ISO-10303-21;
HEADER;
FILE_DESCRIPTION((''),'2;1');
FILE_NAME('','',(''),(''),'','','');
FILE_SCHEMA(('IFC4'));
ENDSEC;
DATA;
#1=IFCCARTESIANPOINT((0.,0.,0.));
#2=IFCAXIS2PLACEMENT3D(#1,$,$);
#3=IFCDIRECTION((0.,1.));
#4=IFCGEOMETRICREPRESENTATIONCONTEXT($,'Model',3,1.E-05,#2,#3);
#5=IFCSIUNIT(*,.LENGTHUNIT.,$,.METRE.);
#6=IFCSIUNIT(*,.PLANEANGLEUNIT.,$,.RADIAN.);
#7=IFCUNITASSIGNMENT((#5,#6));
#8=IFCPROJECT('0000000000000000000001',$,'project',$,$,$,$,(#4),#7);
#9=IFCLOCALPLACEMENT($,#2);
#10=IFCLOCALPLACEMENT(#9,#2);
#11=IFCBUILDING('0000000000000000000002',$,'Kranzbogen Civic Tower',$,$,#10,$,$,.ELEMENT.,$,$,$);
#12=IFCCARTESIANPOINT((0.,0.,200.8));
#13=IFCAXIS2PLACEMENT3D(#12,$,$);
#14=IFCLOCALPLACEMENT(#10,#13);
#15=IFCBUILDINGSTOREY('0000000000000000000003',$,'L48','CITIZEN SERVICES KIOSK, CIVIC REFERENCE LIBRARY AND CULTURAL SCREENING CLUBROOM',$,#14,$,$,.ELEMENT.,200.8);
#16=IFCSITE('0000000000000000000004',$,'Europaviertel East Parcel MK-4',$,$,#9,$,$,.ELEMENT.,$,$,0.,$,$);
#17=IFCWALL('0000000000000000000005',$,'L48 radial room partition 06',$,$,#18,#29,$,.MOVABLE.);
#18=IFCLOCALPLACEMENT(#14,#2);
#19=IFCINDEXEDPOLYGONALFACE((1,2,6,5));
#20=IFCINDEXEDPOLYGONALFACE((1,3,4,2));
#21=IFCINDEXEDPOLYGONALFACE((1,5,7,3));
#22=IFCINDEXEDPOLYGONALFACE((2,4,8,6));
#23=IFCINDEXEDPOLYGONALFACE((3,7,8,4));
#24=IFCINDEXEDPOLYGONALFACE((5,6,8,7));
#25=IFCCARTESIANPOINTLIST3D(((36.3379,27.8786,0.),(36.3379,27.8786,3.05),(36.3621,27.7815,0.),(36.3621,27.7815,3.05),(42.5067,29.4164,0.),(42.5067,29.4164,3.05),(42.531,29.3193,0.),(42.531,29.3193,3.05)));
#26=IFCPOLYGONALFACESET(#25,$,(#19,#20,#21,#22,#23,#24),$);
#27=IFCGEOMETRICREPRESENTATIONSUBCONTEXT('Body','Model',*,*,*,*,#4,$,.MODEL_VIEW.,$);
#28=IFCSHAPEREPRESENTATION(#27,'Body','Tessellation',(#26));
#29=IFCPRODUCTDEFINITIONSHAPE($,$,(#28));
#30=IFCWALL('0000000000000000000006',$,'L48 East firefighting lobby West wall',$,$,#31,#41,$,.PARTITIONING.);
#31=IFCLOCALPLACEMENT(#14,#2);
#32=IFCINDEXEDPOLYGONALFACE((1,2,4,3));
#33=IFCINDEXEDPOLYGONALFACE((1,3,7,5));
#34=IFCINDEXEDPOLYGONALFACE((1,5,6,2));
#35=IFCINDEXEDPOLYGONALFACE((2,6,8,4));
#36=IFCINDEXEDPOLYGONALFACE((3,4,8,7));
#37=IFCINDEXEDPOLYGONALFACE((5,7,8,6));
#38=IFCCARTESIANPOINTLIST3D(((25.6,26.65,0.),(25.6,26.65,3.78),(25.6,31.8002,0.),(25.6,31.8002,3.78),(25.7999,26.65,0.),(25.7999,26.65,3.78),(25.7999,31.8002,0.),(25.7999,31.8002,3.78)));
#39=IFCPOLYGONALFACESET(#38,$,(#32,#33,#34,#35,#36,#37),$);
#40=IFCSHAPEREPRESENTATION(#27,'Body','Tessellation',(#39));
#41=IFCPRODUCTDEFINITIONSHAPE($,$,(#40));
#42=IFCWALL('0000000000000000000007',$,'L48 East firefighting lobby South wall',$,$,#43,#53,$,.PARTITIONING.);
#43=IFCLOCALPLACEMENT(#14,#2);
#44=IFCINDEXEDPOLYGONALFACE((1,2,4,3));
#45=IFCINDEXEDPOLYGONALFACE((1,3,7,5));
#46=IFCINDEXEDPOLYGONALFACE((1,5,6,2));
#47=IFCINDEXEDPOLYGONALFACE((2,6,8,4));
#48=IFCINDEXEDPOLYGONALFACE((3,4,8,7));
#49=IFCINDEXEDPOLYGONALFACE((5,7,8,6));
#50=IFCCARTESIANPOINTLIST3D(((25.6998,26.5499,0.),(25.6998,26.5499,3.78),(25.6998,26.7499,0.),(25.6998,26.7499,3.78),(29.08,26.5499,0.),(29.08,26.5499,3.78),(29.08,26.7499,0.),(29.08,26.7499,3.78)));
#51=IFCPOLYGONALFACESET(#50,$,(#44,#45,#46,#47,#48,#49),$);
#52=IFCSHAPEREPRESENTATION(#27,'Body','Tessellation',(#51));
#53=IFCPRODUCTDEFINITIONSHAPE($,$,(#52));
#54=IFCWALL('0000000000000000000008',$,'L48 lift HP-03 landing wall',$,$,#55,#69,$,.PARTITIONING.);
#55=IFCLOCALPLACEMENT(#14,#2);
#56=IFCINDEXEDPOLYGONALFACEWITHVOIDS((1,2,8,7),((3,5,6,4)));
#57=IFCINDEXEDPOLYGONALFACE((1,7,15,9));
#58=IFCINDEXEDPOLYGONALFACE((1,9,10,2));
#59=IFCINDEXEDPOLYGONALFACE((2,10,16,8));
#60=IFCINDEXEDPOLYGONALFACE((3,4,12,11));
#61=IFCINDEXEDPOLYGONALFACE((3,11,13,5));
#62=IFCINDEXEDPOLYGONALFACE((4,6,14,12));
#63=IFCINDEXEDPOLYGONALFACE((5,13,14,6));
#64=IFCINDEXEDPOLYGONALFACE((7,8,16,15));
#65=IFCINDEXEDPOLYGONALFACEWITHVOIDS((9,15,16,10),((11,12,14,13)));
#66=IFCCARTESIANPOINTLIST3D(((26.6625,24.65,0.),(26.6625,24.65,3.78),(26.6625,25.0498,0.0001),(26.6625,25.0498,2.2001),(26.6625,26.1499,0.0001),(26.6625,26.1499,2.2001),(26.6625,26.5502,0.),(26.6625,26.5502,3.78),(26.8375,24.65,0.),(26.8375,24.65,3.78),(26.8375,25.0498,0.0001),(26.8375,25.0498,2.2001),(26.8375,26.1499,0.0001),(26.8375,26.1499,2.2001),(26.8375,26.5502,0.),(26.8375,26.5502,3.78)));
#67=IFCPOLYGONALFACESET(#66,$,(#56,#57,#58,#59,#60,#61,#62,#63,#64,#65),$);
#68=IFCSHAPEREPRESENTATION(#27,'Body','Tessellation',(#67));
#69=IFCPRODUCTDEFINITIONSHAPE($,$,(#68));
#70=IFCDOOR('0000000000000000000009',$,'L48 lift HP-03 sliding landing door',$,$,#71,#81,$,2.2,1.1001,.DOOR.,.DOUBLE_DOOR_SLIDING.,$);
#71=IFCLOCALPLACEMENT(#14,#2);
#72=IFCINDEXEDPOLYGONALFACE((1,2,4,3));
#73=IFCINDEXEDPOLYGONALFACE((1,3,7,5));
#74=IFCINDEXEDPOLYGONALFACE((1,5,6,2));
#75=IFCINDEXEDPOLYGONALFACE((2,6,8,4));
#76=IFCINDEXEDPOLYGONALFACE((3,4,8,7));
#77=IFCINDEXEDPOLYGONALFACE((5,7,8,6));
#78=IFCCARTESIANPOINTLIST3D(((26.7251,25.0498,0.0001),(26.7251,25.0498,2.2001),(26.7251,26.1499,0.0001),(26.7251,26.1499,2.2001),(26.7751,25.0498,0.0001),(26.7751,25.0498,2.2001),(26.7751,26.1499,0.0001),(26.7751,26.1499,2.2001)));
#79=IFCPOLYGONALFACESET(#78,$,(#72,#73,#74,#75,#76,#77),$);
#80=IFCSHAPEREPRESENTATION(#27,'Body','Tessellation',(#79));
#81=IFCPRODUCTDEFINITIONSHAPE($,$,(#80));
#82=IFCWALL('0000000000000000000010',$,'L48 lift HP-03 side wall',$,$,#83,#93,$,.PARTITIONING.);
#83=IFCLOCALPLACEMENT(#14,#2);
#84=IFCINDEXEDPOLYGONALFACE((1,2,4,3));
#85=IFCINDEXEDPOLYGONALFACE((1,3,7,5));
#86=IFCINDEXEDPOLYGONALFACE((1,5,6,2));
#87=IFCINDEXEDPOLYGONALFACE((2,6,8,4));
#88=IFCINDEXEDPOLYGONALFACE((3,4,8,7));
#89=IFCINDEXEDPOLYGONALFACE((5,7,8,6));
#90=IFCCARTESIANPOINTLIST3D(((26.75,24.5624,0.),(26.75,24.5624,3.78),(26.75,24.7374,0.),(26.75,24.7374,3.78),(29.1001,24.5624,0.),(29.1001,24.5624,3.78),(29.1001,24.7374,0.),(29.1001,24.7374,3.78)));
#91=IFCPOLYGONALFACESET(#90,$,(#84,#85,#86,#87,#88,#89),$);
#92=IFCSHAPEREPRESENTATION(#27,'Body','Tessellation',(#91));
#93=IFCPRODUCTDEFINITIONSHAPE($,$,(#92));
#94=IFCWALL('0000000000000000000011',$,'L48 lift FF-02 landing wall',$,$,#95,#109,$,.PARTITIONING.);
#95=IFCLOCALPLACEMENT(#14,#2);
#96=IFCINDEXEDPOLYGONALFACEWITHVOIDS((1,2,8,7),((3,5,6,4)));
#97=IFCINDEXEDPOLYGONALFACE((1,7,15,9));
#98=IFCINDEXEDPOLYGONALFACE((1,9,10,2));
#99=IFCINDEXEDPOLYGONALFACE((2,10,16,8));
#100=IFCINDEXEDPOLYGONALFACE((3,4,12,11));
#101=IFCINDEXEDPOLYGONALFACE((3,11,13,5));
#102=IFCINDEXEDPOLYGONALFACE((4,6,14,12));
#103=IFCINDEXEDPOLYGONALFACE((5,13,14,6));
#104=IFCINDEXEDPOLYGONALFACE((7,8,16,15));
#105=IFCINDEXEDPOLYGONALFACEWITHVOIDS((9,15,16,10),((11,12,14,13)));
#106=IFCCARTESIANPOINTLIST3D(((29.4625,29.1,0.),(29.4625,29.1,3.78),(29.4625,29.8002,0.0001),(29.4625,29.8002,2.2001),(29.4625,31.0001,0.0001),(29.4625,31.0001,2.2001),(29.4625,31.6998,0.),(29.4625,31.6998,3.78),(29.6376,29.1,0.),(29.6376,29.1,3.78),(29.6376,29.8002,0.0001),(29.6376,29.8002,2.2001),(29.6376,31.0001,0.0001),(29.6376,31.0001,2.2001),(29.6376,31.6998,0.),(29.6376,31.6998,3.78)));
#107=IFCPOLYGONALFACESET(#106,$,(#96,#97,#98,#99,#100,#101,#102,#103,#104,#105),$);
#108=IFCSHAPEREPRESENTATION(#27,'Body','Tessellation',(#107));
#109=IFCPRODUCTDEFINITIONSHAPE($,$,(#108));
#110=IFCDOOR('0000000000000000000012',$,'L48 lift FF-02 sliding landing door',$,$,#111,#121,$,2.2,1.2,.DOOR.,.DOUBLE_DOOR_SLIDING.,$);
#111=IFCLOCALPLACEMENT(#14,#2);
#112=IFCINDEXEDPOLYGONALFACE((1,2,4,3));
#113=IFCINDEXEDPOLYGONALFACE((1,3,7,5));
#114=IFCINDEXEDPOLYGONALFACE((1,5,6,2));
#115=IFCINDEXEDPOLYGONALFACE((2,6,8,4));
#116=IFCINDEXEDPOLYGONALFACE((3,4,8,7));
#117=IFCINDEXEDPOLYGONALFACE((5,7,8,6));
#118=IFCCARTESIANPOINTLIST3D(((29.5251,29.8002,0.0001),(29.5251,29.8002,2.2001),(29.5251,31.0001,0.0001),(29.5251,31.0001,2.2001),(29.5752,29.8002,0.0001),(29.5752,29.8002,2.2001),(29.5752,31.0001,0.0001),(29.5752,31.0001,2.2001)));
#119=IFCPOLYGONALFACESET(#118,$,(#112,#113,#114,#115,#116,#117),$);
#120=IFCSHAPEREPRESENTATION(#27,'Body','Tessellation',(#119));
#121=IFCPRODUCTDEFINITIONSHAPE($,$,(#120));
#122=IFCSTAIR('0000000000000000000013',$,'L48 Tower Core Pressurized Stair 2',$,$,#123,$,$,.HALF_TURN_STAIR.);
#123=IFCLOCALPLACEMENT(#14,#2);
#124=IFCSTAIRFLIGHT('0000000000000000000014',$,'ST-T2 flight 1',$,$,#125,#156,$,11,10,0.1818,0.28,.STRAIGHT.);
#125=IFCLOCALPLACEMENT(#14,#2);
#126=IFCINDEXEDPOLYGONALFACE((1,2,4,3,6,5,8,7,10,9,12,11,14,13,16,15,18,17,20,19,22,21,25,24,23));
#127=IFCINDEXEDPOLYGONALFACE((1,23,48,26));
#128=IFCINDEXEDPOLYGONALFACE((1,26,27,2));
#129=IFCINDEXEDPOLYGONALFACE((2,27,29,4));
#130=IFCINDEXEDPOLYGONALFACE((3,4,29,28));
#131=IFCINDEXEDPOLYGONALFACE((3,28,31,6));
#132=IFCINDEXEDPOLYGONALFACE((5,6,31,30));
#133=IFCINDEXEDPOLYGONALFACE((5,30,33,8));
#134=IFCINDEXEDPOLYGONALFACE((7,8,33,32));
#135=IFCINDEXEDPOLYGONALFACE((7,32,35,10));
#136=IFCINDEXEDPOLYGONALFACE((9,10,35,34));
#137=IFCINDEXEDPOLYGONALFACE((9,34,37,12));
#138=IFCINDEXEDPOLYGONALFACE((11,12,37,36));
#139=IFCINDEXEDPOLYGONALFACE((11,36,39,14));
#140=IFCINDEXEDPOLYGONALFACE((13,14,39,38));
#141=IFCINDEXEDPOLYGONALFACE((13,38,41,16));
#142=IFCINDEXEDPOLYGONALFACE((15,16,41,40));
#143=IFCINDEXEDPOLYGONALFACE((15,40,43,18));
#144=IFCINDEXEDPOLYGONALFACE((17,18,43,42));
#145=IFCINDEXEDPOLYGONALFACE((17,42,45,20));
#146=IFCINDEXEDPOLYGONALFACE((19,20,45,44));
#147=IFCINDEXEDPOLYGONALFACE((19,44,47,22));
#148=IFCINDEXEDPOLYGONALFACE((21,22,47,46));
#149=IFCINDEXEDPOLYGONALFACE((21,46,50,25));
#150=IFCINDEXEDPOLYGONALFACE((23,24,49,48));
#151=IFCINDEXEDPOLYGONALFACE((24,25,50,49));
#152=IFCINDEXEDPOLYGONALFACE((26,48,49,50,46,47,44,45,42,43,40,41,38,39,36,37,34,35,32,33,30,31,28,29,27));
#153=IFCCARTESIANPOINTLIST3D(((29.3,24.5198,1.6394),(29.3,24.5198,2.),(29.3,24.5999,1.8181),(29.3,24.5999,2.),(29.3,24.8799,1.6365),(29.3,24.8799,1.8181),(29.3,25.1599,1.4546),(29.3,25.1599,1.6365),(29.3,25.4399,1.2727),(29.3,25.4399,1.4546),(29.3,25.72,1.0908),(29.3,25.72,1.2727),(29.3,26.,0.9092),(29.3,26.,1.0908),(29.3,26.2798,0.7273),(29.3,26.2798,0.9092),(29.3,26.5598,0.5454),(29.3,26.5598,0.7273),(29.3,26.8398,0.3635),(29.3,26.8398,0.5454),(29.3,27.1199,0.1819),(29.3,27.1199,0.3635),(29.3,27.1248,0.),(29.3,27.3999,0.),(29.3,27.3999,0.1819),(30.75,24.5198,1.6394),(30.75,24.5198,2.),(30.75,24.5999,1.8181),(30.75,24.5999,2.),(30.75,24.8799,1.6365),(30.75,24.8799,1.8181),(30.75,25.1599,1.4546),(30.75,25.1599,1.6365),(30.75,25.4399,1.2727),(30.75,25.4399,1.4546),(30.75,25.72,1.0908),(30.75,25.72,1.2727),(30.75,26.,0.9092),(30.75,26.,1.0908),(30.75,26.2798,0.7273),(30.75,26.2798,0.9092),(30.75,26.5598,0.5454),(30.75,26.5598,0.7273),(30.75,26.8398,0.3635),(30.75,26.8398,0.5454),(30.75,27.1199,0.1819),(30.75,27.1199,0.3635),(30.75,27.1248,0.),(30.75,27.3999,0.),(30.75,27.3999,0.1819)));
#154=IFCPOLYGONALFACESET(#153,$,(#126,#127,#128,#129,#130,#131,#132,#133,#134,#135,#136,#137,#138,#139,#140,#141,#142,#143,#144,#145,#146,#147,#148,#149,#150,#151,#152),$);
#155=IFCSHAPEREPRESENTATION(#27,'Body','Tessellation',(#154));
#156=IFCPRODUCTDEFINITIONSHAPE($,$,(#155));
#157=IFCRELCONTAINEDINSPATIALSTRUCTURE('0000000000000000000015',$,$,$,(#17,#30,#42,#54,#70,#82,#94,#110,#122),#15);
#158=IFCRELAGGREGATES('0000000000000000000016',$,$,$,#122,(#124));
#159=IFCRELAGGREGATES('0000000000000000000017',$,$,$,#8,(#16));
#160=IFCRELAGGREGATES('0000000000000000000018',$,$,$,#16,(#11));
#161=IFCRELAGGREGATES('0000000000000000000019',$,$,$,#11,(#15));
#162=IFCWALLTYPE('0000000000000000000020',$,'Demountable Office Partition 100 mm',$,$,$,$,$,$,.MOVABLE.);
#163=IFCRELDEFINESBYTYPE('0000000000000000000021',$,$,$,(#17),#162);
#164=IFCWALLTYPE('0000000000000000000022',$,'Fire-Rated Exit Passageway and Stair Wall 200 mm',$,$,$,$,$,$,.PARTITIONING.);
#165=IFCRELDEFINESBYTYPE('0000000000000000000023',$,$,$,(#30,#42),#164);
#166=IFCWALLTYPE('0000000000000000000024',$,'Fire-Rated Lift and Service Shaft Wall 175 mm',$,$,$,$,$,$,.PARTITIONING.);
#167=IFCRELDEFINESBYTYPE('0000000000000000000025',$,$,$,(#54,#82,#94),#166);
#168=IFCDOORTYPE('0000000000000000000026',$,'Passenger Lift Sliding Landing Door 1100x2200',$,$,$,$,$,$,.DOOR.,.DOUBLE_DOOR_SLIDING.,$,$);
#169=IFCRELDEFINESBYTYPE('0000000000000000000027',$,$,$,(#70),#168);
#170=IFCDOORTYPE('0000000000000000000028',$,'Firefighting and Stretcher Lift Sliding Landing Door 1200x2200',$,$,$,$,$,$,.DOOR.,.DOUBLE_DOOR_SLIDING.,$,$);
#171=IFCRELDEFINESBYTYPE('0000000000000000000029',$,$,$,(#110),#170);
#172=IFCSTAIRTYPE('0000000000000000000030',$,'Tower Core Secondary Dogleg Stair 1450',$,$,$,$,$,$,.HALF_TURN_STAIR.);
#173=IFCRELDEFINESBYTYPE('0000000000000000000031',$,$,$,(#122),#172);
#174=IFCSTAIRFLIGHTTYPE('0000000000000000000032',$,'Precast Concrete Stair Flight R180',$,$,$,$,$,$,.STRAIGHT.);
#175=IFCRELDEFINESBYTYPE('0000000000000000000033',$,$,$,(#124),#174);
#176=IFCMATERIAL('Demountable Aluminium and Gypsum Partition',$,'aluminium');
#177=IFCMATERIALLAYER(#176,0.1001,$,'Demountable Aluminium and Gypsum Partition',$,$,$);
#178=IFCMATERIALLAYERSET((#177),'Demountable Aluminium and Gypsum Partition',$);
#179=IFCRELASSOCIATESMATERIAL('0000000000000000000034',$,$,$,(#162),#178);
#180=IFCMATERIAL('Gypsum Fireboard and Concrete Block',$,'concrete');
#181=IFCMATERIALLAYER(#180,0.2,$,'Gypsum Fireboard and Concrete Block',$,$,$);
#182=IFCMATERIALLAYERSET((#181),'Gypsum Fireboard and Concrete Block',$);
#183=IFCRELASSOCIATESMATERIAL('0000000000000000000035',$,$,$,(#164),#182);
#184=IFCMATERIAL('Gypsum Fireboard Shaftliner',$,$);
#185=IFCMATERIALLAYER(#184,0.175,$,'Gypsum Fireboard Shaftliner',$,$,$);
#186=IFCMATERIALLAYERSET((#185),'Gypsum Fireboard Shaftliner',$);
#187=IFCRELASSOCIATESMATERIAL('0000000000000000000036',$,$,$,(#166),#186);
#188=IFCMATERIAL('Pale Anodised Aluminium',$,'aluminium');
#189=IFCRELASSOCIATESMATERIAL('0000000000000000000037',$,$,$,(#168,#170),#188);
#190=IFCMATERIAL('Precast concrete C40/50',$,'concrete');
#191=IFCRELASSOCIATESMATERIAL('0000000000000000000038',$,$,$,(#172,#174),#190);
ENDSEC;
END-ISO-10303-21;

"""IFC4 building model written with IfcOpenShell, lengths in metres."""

from ifc_helpers import new_model, si_unit, direction, frame, frame_2d, origin, place, context, subcontext, project, spatial, polyline, rectangle, outline, extrude, material, layer, layer_set, type_object, element, fill, aggregate, save


model = new_model("IFC4")

# Units and contexts
model_context = context("Model", 3, precision=1e-05, world=origin(), true_north=direction((0.0, 1.0)))
body_context = subcontext(model_context, "Body", "Model", "MODEL_VIEW")
ifc_project = project(units=[si_unit("LENGTHUNIT", "METRE"), si_unit("PLANEANGLEUNIT", "RADIAN")], contexts=[model_context])

# Site, building, storey
site_placement = place(None, origin())
site = spatial("IfcSite", under=ifc_project, at=site_placement, Name="Europaviertel East Parcel MK-4", CompositionType="ELEMENT", RefElevation=0.0)
building_placement = place(site_placement, origin())
building = spatial("IfcBuilding", under=site, at=building_placement, Name="Kranzbogen Civic Tower", CompositionType="ELEMENT")
storey_placement = place(building_placement, frame((0.0, 0.0, 200.8)))
storey = spatial("IfcBuildingStorey", under=building, at=storey_placement, Name="L48", Description="CITIZEN SERVICES KIOSK, CIVIC REFERENCE LIBRARY AND CULTURAL SCREENING CLUBROOM", CompositionType="ELEMENT", Elevation=200.8)

# Shared definitions
ifc_material_1 = material(Name="Pale Anodised Aluminium", Category="aluminium")

# Walls
ifc_material_2 = material(Name="Demountable Aluminium and Gypsum Partition", Category="aluminium")
ifc_layer_1 = layer(ifc_material_2, 0.1001, Name="Demountable Aluminium and Gypsum Partition")
ifc_layer_set_1 = layer_set([ifc_layer_1], Name="Demountable Aluminium and Gypsum Partition")
wall_type_1 = type_object("IfcWallType", Name="Demountable Office Partition 100 mm", PredefinedType="MOVABLE", material=ifc_layer_set_1)
wall_1_placement = place(storey_placement, frame((36.3501, 27.8301, 0.0), z_axis=(0.0, 0.0, 1.0), x_axis=(0.970305, 0.241885, 0.0)))
element("IfcWall", 1, at=wall_1_placement, inside=storey, type_object=wall_type_1, Name="L48 radial room partition 06", PredefinedType="MOVABLE", context=body_context, shape_type="SweptSolid", body=[
    extrude(rectangle(XDim=6.3577, YDim=0.1001, at=frame_2d((3.1787, 0.0))), origin(), (0.0, 0.0, 1.0), 3.05),
])
ifc_material_3 = material(Name="Gypsum Fireboard and Concrete Block", Category="concrete")
ifc_layer_2 = layer(ifc_material_3, 0.2, Name="Gypsum Fireboard and Concrete Block")
ifc_layer_set_2 = layer_set([ifc_layer_2], Name="Gypsum Fireboard and Concrete Block")
wall_type_2 = type_object("IfcWallType", Name="Fire-Rated Exit Passageway and Stair Wall 200 mm", PredefinedType="PARTITIONING", material=ifc_layer_set_2)
wall_2_placement = place(storey_placement, frame((25.7, 26.6499, 0.0), z_axis=(0.0, 0.0, 1.0), x_axis=(0.0, 1.0, 0.0)))
element("IfcWall", 2, at=wall_2_placement, inside=storey, type_object=wall_type_2, Name="L48 East firefighting lobby West wall", PredefinedType="PARTITIONING", context=body_context, shape_type="SweptSolid", body=[
    extrude(rectangle(XDim=5.1501, YDim=0.2, at=frame_2d((2.5752, 0.0))), origin(), (0.0, 0.0, 1.0), 3.78),
])
wall_3_placement = place(storey_placement, frame((25.7, 26.6499, 0.0), z_axis=(0.0, 0.0, 1.0), x_axis=(1.0, 0.0, 0.0)))
element("IfcWall", 3, at=wall_3_placement, inside=storey, type_object=wall_type_2, Name="L48 East firefighting lobby South wall", PredefinedType="PARTITIONING", context=body_context, shape_type="SweptSolid", body=[
    extrude(rectangle(XDim=3.3801, YDim=0.2, at=frame_2d((1.6899, 0.0))), origin(), (0.0, 0.0, 1.0), 3.78),
])

# Wall, opening, door
ifc_material_4 = material(Name="Gypsum Fireboard Shaftliner")
ifc_layer_3 = layer(ifc_material_4, 0.175, Name="Gypsum Fireboard Shaftliner")
ifc_layer_set_3 = layer_set([ifc_layer_3], Name="Gypsum Fireboard Shaftliner")
wall_type_3 = type_object("IfcWallType", Name="Fire-Rated Lift and Service Shaft Wall 175 mm", PredefinedType="PARTITIONING", material=ifc_layer_set_3)
wall_4_placement = place(storey_placement, frame((26.75, 24.6499, 0.0), z_axis=(0.0, 0.0, 1.0), x_axis=(0.0, 1.0, 0.0)))
wall_4 = element("IfcWall", 4, at=wall_4_placement, inside=storey, type_object=wall_type_3, Name="L48 lift HP-03 landing wall", PredefinedType="PARTITIONING", context=body_context, shape_type="SweptSolid", body=[
    extrude(rectangle(XDim=1.9001, YDim=0.175, at=frame_2d((0.9502, 0.0))), origin(), (0.0, 0.0, 1.0), 3.78),
])
opening_1_placement = place(wall_4_placement, frame((0.3999, 0.0, 0.0)))
opening_1 = element("IfcOpeningElement", 5, at=opening_1_placement, cuts=wall_4, PredefinedType="OPENING", context=body_context, shape_type="SweptSolid", body=[
    extrude(rectangle(XDim=1.1001, YDim=2.2, at=frame_2d((0.55, 1.1001))), frame((0.0, 0.0977, 0.0), z_axis=(0.0, -1.0, 0.0), x_axis=(1.0, 0.0, 0.0)), (0.0, 0.0, 1.0), 0.1951),
])
door_type_1 = type_object("IfcDoorType", Name="Passenger Lift Sliding Landing Door 1100x2200", OperationType="DOUBLE_DOOR_SLIDING", PredefinedType="DOOR", material=ifc_material_1)
door_1_placement = place(opening_1_placement, origin())
door_1 = element("IfcDoor", 6, at=door_1_placement, inside=storey, type_object=door_type_1, Name="L48 lift HP-03 sliding landing door", OperationType="DOUBLE_DOOR_SLIDING", OverallHeight=2.2, OverallWidth=1.1001, PredefinedType="DOOR", context=body_context, shape_type="SweptSolid", body=[
    extrude(rectangle(XDim=1.1001, YDim=2.2, at=frame_2d((0.55, 1.1001))), frame((0.0, 0.0249, 0.0), z_axis=(0.0, -1.0, 0.0), x_axis=(1.0, 0.0, 0.0)), (0.0, 0.0, 1.0), 0.05),
])
fill(opening_1, door_1)

# Wall
wall_5_placement = place(storey_placement, frame((26.75, 24.6499, 0.0), z_axis=(0.0, 0.0, 1.0), x_axis=(1.0, 0.0, 0.0)))
element("IfcWall", 7, at=wall_5_placement, inside=storey, type_object=wall_type_3, Name="L48 lift HP-03 side wall", PredefinedType="PARTITIONING", context=body_context, shape_type="SweptSolid", body=[
    extrude(rectangle(XDim=2.3501, YDim=0.175, at=frame_2d((1.175, 0.0))), origin(), (0.0, 0.0, 1.0), 3.78),
])

# Wall, opening, door
wall_6_placement = place(storey_placement, frame((29.55, 29.1001, 0.0), z_axis=(0.0, 0.0, 1.0), x_axis=(0.0, 1.0, 0.0)))
wall_6 = element("IfcWall", 8, at=wall_6_placement, inside=storey, type_object=wall_type_3, Name="L48 lift FF-02 landing wall", PredefinedType="PARTITIONING", context=body_context, shape_type="SweptSolid", body=[
    extrude(rectangle(XDim=2.5999, YDim=0.175, at=frame_2d((1.2998, 0.0))), origin(), (0.0, 0.0, 1.0), 3.78),
])
opening_2_placement = place(wall_6_placement, frame((0.7, 0.0, 0.0)))
opening_2 = element("IfcOpeningElement", 9, at=opening_2_placement, cuts=wall_6, PredefinedType="OPENING", context=body_context, shape_type="SweptSolid", body=[
    extrude(rectangle(XDim=1.2, YDim=2.2, at=frame_2d((0.6001, 1.1001))), frame((0.0, 0.0977, 0.0), z_axis=(0.0, -1.0, 0.0), x_axis=(1.0, 0.0, 0.0)), (0.0, 0.0, 1.0), 0.1951),
])
door_type_2 = type_object("IfcDoorType", Name="Firefighting and Stretcher Lift Sliding Landing Door 1200x2200", OperationType="DOUBLE_DOOR_SLIDING", PredefinedType="DOOR", material=ifc_material_1)
door_2_placement = place(opening_2_placement, origin())
door_2 = element("IfcDoor", 10, at=door_2_placement, inside=storey, type_object=door_type_2, Name="L48 lift FF-02 sliding landing door", OperationType="DOUBLE_DOOR_SLIDING", OverallHeight=2.2, OverallWidth=1.2, PredefinedType="DOOR", context=body_context, shape_type="SweptSolid", body=[
    extrude(rectangle(XDim=1.2, YDim=2.2, at=frame_2d((0.6001, 1.1001))), frame((0.0, 0.0249, 0.0), z_axis=(0.0, -1.0, 0.0), x_axis=(1.0, 0.0, 0.0)), (0.0, 0.0, 1.0), 0.05),
])
fill(opening_2, door_2)

# Stair, stair flight
ifc_material_5 = material(Name="Precast concrete C40/50", Category="concrete")
stair_type = type_object("IfcStairType", Name="Tower Core Secondary Dogleg Stair 1450", PredefinedType="HALF_TURN_STAIR", material=ifc_material_5)
stair_placement = place(storey_placement, origin())
stair = element("IfcStair", 11, at=stair_placement, inside=storey, type_object=stair_type, Name="L48 Tower Core Pressurized Stair 2", PredefinedType="HALF_TURN_STAIR")
stair_flight_type = type_object("IfcStairFlightType", Name="Precast Concrete Stair Flight R180", PredefinedType="STRAIGHT", material=ifc_material_5)
stair_flight_1_placement = place(storey_placement, frame((30.0249, 27.3999, 0.0), z_axis=(0.0, 0.0, 1.0), x_axis=(0.0, -1.0, 0.0)))
stair_flight_1 = element("IfcStairFlight", 12, at=stair_flight_1_placement, type_object=stair_flight_type, Name="ST-T2 flight 1", NumberOfRisers=11, NumberOfTreads=10, PredefinedType="STRAIGHT", RiserHeight=0.1818, TreadLength=0.28, context=body_context, shape_type="SweptSolid", body=[
    extrude(outline(polyline([(0.0, 0.0), (0.0, 0.1819), (0.28, 0.1819), (0.28, 0.3635), (0.5601, 0.3635), (0.5601, 0.5454), (0.8401, 0.5454), (0.8401, 0.7273), (1.1201, 0.7273), (1.1201, 0.9092), (1.3999, 0.9092), (1.3999, 1.0908), (1.6799, 1.0908), (1.6799, 1.2727), (1.96, 1.2727), (1.96, 1.4546), (2.24, 1.4546), (2.24, 1.6365), (2.52, 1.6365), (2.52, 1.8181), (2.8, 1.8181), (2.8, 2.0), (2.8801, 2.0), (2.8801, 1.6394), (0.2751, 0.0), (0.0, 0.0)])), frame((0.0, 0.7251, 0.0), z_axis=(0.0, -1.0, 0.0), x_axis=(1.0, 0.0, 0.0)), (0.0, 0.0, 1.0), 1.45),
])
aggregate(stair, [stair_flight_1])

save(model, "model.ifc")
